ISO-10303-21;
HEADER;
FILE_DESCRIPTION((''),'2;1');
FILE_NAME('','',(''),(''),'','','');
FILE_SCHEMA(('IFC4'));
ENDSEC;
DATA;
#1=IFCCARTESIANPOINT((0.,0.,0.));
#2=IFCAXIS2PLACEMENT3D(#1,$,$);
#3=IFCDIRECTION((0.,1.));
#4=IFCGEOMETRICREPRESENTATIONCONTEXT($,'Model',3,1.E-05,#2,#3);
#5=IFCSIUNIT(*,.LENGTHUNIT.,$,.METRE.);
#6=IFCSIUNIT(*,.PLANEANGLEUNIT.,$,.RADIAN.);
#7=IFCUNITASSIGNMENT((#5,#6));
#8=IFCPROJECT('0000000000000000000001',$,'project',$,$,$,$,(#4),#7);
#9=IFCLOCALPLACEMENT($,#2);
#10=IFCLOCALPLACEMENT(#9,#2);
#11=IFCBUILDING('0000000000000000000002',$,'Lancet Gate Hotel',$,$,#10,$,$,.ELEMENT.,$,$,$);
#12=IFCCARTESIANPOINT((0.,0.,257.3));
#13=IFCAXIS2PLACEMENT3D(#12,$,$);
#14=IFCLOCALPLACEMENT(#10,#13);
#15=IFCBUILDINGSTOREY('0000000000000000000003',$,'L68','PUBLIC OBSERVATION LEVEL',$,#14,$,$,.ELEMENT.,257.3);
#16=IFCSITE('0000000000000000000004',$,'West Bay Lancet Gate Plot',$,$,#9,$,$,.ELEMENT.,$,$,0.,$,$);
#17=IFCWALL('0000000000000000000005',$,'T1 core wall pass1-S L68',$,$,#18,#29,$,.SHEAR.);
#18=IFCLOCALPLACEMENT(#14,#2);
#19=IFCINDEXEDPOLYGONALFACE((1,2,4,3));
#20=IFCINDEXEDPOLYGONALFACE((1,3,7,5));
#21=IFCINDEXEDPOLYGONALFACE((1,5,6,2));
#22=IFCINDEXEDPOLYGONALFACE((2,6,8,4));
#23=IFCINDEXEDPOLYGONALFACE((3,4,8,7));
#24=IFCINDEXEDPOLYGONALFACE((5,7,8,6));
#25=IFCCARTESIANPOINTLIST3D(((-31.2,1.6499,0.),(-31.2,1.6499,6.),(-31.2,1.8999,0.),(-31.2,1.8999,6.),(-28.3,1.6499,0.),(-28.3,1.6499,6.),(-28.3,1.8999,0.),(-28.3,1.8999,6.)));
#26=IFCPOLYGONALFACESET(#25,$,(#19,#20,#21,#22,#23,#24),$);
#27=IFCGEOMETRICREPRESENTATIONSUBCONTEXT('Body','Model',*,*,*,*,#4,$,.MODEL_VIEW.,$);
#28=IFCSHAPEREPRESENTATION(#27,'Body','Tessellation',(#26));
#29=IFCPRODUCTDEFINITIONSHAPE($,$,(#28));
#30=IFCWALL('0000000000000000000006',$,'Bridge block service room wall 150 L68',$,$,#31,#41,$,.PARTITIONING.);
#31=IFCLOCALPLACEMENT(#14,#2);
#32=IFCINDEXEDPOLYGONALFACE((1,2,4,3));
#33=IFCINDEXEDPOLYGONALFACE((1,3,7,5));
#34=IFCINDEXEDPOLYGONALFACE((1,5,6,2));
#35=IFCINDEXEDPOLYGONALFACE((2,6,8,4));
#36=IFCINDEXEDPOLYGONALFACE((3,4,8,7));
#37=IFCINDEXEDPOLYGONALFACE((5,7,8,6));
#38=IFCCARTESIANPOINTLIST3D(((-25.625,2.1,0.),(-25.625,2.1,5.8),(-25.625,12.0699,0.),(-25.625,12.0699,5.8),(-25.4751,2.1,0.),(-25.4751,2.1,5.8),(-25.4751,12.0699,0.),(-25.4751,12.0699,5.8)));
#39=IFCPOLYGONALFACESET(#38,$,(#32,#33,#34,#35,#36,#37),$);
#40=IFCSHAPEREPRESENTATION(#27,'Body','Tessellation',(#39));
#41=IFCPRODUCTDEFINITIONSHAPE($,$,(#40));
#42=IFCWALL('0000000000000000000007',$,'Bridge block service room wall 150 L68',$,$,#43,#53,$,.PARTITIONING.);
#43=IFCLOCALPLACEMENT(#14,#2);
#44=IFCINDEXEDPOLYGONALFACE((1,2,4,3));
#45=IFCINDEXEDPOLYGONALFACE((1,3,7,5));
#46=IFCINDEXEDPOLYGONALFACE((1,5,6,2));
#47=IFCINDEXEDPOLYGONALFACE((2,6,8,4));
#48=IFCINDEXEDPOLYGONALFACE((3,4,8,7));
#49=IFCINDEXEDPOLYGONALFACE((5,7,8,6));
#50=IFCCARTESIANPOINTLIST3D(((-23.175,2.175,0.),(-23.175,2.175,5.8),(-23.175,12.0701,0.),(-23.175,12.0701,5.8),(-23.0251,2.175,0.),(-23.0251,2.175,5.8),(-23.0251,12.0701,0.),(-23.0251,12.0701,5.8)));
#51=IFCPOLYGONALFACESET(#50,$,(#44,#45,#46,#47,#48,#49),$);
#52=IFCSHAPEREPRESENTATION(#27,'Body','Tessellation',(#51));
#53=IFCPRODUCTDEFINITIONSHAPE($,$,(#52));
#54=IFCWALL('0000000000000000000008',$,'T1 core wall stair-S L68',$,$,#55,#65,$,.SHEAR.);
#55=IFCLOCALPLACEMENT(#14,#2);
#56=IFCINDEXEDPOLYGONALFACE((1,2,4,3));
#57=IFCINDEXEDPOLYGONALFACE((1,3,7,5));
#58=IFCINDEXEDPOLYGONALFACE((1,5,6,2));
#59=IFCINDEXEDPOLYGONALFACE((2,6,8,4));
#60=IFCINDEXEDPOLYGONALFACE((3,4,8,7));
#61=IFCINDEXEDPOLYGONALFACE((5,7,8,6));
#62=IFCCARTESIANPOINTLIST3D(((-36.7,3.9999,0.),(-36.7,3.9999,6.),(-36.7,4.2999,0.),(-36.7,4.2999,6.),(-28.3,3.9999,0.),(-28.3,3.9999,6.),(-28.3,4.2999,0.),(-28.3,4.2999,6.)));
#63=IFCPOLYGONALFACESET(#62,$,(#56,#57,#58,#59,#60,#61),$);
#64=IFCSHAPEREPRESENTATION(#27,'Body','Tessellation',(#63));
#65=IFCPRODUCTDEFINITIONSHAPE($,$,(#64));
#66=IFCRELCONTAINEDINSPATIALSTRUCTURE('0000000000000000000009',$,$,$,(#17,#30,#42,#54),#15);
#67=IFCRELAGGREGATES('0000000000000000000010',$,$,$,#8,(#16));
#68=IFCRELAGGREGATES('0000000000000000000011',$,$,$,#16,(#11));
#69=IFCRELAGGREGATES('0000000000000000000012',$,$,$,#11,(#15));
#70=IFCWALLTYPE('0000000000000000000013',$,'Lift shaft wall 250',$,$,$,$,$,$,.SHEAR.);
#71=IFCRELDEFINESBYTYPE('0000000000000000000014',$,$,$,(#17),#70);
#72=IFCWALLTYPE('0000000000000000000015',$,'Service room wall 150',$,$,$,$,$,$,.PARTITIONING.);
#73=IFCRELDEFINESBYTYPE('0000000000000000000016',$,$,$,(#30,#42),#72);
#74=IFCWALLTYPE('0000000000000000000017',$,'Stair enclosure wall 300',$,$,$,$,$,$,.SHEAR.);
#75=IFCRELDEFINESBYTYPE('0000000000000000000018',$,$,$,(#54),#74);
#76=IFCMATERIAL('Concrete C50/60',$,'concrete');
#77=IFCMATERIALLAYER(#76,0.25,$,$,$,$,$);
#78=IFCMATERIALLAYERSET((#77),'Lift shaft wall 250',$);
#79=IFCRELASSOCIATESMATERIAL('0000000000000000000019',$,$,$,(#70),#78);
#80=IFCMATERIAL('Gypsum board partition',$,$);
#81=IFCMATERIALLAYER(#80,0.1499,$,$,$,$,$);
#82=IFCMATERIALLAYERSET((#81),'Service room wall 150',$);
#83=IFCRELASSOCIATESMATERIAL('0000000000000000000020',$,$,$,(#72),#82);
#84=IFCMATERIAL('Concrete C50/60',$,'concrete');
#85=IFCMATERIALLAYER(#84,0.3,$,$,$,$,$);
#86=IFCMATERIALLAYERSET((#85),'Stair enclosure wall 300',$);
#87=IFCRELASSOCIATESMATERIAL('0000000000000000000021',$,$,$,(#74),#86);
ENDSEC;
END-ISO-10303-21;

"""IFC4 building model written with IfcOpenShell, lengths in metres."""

from ifc_helpers import new_model, si_unit, direction, frame, frame_2d, origin, place, context, subcontext, project, spatial, rectangle, extrude, material, layer, layer_set, type_object, element, save


model = new_model("IFC4")

# Units and contexts
model_context = context("Model", 3, precision=1e-05, world=origin(), true_north=direction((0.0, 1.0)))
body_context = subcontext(model_context, "Body", "Model", "MODEL_VIEW")
ifc_project = project(units=[si_unit("LENGTHUNIT", "METRE"), si_unit("PLANEANGLEUNIT", "RADIAN")], contexts=[model_context])

# Site, building, storey
site_placement = place(None, origin())
site = spatial("IfcSite", under=ifc_project, at=site_placement, Name="West Bay Lancet Gate Plot", CompositionType="ELEMENT", RefElevation=0.0)
building_placement = place(site_placement, origin())
building = spatial("IfcBuilding", under=site, at=building_placement, Name="Lancet Gate Hotel", CompositionType="ELEMENT")
storey_placement = place(building_placement, frame((0.0, 0.0, 257.3)))
storey = spatial("IfcBuildingStorey", under=building, at=storey_placement, Name="L68", Description="PUBLIC OBSERVATION LEVEL", CompositionType="ELEMENT", Elevation=257.3)

# Walls
ifc_material_1 = material(Name="Concrete C50/60", Category="concrete")
ifc_layer_1 = layer(ifc_material_1, 0.25)
ifc_layer_set_1 = layer_set([ifc_layer_1], Name="Lift shaft wall 250")
wall_type_1 = type_object("IfcWallType", Name="Lift shaft wall 250", PredefinedType="SHEAR", material=ifc_layer_set_1)
wall_1_placement = place(storey_placement, frame((-28.3, 1.7749, 0.0), z_axis=(0.0, 0.0, 1.0), x_axis=(-1.0, 0.0, 0.0)))
element("IfcWall", 1, at=wall_1_placement, inside=storey, type_object=wall_type_1, Name="T1 core wall pass1-S L68", PredefinedType="SHEAR", context=body_context, shape_type="SweptSolid", body=[
    extrude(rectangle(XDim=2.8999, YDim=0.25, at=frame_2d((1.45, 0.0))), origin(), (0.0, 0.0, 1.0), 6.0),
])
ifc_material_2 = material(Name="Gypsum board partition")
ifc_layer_2 = layer(ifc_material_2, 0.1499)
ifc_layer_set_2 = layer_set([ifc_layer_2], Name="Service room wall 150")
wall_type_2 = type_object("IfcWallType", Name="Service room wall 150", PredefinedType="PARTITIONING", material=ifc_layer_set_2)
wall_2_placement = place(storey_placement, frame((-25.55, 2.1001, 0.0), z_axis=(0.0, 0.0, 1.0), x_axis=(0.0, 1.0, 0.0)))
element("IfcWall", 2, at=wall_2_placement, inside=storey, type_object=wall_type_2, Name="Bridge block service room wall 150 L68", PredefinedType="PARTITIONING", context=body_context, shape_type="SweptSolid", body=[
    extrude(rectangle(XDim=9.97, YDim=0.1499, at=frame_2d((4.9849, 0.0))), origin(), (0.0, 0.0, 1.0), 5.8),
])
wall_3_placement = place(storey_placement, frame((-23.1001, 2.175, 0.0), z_axis=(0.0, 0.0, 1.0), x_axis=(0.0, 1.0, 0.0)))
element("IfcWall", 3, at=wall_3_placement, inside=storey, type_object=wall_type_2, Name="Bridge block service room wall 150 L68", PredefinedType="PARTITIONING", context=body_context, shape_type="SweptSolid", body=[
    extrude(rectangle(XDim=9.895, YDim=0.1499, at=frame_2d((4.9475, 0.0))), origin(), (0.0, 0.0, 1.0), 5.8),
])
ifc_material_3 = material(Name="Concrete C50/60", Category="concrete")
ifc_layer_3 = layer(ifc_material_3, 0.3)
ifc_layer_set_3 = layer_set([ifc_layer_3], Name="Stair enclosure wall 300")
wall_type_3 = type_object("IfcWallType", Name="Stair enclosure wall 300", PredefinedType="SHEAR", material=ifc_layer_set_3)
wall_4_placement = place(storey_placement, frame((-28.3, 4.1499, 0.0), z_axis=(0.0, 0.0, 1.0), x_axis=(-1.0, 0.0, 0.0)))
element("IfcWall", 4, at=wall_4_placement, inside=storey, type_object=wall_type_3, Name="T1 core wall stair-S L68", PredefinedType="SHEAR", context=body_context, shape_type="SweptSolid", body=[
    extrude(rectangle(XDim=8.3999, YDim=0.3, at=frame_2d((4.2, 0.0))), origin(), (0.0, 0.0, 1.0), 6.0),
])

save(model, "model.ifc")
